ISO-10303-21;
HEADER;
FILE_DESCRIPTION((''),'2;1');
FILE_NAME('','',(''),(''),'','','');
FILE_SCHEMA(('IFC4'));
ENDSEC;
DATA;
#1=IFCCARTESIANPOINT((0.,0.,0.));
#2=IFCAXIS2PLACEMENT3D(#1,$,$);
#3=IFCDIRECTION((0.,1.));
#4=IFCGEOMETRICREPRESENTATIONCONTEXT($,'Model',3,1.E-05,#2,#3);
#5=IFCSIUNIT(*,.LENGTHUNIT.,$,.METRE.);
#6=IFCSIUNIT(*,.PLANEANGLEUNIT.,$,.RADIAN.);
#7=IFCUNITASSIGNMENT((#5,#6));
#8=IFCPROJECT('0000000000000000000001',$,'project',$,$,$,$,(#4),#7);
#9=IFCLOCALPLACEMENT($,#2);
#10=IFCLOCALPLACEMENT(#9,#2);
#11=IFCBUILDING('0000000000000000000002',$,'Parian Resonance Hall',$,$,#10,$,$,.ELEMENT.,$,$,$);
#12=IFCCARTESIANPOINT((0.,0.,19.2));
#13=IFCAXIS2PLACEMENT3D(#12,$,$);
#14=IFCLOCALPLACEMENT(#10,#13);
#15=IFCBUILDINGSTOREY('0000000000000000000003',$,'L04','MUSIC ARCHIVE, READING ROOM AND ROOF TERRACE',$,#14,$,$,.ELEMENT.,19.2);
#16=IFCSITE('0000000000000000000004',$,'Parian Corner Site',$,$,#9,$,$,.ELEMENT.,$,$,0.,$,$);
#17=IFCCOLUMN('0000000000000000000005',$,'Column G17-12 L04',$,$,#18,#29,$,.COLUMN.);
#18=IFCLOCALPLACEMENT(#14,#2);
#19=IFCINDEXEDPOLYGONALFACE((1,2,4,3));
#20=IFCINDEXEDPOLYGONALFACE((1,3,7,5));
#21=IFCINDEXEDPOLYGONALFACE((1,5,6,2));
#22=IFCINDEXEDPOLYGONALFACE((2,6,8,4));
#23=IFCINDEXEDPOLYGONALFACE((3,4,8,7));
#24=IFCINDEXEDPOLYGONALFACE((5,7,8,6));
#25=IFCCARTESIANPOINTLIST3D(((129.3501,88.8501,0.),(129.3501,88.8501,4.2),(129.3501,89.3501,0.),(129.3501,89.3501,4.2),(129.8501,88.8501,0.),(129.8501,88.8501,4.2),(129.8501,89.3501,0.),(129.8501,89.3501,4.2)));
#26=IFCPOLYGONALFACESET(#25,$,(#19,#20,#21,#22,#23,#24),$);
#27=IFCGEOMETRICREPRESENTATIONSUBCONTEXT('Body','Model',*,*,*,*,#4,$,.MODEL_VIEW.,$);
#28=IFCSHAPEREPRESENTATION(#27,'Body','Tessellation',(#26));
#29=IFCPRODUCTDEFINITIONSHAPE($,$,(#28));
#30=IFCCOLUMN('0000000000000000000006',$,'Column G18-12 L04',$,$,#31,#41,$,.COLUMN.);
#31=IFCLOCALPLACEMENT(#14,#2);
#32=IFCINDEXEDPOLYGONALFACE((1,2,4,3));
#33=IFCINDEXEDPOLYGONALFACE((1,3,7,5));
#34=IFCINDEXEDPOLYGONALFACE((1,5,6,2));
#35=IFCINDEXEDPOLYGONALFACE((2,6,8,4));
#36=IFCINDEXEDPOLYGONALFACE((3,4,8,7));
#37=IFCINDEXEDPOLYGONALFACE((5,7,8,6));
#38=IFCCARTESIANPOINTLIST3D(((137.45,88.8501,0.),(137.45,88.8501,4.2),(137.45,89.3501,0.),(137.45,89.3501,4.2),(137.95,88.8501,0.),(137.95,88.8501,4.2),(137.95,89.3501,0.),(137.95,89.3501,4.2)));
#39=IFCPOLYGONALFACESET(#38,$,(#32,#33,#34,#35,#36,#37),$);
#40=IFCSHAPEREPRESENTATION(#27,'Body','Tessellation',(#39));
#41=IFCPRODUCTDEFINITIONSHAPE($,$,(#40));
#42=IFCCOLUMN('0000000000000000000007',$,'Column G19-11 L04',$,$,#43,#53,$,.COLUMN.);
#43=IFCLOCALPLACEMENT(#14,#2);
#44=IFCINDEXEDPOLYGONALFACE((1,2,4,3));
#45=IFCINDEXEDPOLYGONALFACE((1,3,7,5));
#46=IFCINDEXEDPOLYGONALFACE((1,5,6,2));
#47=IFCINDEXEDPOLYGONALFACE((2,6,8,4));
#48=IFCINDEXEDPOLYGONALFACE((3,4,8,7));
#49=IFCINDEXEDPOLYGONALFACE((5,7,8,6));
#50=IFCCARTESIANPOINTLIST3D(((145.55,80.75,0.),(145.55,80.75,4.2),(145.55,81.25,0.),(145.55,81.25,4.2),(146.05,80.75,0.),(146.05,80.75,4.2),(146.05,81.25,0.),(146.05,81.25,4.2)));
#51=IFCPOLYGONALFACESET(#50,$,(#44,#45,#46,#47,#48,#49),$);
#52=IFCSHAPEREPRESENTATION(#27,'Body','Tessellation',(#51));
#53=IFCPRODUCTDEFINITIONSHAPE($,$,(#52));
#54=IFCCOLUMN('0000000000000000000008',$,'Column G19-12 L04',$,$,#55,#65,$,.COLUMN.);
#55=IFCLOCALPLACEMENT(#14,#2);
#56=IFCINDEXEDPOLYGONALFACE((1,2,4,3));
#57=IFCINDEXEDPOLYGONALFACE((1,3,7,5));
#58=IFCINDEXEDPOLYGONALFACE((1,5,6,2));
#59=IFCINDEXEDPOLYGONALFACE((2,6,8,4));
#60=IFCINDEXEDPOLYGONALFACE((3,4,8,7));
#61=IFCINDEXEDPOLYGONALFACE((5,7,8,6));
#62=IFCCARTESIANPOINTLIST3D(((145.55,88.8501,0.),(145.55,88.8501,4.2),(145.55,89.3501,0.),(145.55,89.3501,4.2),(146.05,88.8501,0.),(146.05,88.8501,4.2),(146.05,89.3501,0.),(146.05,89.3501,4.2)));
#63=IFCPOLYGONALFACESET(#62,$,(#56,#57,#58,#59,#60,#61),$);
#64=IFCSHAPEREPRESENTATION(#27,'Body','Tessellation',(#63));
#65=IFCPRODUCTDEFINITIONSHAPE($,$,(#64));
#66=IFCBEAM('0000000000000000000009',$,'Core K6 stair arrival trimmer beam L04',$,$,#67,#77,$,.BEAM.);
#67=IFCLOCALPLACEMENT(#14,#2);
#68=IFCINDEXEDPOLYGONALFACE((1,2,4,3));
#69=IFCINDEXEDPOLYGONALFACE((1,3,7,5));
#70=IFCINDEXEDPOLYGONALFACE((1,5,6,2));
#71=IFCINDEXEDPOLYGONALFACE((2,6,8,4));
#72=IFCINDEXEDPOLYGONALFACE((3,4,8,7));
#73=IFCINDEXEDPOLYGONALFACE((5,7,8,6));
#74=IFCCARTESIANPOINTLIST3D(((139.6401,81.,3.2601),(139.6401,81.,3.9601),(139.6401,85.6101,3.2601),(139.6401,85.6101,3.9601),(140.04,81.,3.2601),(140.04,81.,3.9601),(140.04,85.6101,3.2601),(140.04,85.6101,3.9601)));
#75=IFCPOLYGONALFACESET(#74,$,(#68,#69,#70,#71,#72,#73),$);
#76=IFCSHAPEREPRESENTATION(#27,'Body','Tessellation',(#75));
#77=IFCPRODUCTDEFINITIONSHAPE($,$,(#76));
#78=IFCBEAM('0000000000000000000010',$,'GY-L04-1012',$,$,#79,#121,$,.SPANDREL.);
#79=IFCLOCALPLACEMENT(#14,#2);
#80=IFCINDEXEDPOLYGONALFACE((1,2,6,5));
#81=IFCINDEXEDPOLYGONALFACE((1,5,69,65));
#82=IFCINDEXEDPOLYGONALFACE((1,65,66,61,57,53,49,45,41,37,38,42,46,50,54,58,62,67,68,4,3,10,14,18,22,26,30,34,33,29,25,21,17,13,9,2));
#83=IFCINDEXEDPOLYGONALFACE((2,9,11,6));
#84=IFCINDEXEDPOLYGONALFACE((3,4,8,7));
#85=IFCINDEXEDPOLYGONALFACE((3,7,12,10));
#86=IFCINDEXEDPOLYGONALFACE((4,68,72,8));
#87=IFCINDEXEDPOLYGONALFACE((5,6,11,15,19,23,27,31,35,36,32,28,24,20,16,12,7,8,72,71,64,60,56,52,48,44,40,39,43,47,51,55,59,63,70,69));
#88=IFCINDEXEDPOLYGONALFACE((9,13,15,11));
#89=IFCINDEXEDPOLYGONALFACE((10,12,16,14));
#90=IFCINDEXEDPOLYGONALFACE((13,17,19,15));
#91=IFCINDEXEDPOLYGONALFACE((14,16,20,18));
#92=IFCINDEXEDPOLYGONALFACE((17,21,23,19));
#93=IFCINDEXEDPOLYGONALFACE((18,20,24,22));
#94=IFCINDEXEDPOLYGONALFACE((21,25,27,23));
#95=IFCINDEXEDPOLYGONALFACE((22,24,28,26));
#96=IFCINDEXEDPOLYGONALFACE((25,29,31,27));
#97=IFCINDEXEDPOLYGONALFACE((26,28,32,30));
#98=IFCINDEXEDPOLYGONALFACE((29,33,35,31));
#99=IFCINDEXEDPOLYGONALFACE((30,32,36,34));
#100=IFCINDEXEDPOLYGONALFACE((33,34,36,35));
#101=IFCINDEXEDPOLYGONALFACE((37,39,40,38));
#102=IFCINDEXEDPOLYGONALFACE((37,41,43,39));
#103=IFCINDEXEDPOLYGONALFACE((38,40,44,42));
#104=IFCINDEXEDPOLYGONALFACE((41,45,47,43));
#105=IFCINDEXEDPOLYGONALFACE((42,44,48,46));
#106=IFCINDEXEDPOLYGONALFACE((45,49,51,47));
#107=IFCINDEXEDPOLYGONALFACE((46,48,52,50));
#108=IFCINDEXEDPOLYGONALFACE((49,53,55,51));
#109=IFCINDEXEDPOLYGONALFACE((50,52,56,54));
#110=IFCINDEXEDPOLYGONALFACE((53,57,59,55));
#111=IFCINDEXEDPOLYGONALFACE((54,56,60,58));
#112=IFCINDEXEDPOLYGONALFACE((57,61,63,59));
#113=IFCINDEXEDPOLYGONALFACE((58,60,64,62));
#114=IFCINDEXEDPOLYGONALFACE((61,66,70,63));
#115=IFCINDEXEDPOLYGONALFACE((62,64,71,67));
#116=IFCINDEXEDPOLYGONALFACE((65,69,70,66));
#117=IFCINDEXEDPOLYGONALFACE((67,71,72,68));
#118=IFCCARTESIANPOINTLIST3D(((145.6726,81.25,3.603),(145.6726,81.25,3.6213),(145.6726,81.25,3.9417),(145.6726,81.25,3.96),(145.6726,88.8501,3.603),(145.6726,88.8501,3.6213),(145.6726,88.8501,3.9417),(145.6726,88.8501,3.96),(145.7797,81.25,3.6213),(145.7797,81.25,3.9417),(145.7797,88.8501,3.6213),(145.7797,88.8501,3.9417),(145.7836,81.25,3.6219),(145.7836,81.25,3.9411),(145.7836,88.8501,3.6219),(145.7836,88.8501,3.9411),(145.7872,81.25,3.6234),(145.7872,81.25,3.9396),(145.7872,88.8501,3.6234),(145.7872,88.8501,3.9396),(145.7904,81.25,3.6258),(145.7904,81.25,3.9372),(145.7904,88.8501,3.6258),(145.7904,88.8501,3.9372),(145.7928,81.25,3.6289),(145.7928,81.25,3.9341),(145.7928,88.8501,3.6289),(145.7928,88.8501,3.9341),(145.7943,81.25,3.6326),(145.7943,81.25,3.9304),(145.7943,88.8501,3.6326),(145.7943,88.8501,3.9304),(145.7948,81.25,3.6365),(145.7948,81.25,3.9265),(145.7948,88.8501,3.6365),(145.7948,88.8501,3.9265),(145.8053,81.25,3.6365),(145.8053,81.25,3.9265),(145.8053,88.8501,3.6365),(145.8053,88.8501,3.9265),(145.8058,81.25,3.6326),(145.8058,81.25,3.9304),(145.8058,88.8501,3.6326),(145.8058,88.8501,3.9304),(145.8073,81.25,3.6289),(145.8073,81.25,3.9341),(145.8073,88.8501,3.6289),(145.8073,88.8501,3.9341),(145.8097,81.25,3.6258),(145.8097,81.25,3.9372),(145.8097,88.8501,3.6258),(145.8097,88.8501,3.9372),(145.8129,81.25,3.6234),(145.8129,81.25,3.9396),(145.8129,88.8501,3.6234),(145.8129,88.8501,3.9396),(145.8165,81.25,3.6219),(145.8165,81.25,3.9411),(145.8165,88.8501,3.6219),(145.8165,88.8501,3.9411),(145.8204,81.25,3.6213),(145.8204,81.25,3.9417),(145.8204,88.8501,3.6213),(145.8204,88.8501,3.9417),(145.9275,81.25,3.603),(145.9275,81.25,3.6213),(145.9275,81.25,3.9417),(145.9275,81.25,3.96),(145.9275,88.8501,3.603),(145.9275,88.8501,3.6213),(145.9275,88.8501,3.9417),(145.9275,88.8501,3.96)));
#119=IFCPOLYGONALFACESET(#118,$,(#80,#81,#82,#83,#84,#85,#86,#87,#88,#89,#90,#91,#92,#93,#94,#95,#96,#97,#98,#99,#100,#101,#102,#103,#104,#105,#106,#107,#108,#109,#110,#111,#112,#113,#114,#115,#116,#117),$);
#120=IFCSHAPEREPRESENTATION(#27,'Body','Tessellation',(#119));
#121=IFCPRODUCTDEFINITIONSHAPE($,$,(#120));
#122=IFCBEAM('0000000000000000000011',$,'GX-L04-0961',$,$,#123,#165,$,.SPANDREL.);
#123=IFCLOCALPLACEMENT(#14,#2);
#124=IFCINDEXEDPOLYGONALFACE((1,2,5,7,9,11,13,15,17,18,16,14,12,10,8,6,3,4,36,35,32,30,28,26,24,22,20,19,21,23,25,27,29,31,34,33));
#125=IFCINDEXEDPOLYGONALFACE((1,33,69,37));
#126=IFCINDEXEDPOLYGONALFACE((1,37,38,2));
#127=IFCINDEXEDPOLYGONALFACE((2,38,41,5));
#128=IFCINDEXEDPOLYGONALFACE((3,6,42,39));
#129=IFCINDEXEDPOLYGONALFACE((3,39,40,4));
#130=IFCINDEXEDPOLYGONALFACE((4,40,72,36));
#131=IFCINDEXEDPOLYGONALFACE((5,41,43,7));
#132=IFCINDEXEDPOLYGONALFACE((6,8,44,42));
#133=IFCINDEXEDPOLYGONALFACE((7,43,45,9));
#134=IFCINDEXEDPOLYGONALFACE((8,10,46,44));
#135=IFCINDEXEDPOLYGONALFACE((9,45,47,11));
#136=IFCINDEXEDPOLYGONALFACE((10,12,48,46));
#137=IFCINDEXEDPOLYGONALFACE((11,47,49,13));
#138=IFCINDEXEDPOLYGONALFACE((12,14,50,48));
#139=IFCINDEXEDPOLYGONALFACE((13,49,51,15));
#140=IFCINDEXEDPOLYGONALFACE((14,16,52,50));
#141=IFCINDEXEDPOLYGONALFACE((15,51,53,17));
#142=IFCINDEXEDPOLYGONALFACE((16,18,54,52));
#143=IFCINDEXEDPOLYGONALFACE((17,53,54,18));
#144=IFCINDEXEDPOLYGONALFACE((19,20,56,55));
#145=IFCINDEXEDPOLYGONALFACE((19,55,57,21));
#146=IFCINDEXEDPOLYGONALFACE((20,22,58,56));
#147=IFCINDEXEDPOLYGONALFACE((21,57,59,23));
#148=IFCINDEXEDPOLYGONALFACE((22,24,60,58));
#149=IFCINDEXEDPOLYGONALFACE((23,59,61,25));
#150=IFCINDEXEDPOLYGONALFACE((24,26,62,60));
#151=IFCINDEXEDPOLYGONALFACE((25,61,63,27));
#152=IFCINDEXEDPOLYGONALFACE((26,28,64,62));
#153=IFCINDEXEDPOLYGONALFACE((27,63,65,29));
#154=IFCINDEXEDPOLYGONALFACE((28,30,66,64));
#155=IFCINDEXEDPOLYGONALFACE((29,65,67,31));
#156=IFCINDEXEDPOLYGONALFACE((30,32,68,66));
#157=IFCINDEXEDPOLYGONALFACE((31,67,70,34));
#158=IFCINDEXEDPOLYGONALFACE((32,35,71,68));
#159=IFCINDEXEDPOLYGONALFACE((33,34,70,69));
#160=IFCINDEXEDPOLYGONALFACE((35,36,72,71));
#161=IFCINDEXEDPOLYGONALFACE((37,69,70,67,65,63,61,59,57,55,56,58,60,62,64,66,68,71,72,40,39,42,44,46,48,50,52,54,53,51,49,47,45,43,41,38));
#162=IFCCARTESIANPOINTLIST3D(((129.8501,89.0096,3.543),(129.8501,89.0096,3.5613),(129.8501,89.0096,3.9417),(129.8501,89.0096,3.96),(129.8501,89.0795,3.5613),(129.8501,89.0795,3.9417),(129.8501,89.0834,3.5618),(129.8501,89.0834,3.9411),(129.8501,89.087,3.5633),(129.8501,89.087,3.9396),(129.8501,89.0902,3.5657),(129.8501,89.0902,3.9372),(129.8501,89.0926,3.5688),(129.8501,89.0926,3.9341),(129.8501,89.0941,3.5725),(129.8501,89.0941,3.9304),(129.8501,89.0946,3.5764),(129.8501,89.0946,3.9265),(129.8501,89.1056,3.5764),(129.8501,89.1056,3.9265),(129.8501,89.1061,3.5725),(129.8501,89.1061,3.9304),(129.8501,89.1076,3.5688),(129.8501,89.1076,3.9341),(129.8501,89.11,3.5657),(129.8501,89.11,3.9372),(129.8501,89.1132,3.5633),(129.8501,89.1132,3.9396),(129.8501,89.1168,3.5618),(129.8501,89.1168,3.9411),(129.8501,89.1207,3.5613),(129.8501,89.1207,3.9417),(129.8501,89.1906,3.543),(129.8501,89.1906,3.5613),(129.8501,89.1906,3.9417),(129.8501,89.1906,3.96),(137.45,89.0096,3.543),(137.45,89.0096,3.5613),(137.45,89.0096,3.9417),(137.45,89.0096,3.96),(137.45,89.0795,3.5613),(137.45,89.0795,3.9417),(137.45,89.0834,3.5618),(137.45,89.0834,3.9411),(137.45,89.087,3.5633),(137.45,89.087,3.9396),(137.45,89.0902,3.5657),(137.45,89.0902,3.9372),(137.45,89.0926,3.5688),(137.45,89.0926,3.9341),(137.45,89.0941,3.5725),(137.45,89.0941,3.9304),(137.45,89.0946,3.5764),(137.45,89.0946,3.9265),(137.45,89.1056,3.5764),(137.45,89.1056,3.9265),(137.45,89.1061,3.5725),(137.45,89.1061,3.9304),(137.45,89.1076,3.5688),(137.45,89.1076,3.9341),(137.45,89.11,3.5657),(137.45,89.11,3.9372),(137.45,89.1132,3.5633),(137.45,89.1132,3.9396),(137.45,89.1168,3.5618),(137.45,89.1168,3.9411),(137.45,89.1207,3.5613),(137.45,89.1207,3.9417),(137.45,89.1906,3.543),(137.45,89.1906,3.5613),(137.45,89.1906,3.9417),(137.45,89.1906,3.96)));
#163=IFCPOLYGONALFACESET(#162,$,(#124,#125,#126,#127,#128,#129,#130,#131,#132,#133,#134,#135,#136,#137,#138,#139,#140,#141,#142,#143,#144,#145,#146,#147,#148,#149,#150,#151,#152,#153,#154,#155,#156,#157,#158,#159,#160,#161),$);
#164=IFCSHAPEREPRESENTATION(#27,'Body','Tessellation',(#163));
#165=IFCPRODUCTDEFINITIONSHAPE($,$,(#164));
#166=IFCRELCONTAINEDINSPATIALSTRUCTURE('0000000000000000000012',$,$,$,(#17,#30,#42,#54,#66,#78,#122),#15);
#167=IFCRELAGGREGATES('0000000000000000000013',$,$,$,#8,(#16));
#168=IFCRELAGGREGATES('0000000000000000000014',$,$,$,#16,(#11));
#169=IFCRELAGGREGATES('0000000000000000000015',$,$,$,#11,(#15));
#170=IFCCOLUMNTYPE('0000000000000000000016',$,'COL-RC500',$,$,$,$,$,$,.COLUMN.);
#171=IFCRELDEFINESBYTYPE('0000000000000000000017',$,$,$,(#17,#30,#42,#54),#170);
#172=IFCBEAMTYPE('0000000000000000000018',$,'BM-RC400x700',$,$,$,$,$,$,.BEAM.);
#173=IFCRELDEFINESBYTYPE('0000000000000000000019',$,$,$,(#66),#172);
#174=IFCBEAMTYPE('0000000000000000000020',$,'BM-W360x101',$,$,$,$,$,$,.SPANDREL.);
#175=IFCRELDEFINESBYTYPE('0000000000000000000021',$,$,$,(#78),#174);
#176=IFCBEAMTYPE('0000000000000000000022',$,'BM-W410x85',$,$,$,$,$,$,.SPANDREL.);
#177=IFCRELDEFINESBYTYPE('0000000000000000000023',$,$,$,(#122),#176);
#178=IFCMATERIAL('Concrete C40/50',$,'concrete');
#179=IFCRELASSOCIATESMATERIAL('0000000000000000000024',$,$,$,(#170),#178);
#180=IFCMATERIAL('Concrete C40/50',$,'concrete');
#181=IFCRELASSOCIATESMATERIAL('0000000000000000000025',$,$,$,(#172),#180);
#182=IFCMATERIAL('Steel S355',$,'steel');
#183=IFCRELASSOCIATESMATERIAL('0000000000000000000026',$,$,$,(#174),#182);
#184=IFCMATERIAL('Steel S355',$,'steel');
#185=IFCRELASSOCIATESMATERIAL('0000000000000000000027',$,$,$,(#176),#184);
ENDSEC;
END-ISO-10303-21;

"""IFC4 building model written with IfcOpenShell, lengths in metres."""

from ifc_helpers import new_model, si_unit, direction, frame, origin, origin_2d, place, context, subcontext, project, spatial, rectangle, i_section, extrude, material, material_profile, profile_set, type_object, element, save


model = new_model("IFC4")

# Units and contexts
model_context = context("Model", 3, precision=1e-05, world=origin(), true_north=direction((0.0, 1.0)))
body_context = subcontext(model_context, "Body", "Model", "MODEL_VIEW")
ifc_project = project(units=[si_unit("LENGTHUNIT", "METRE"), si_unit("PLANEANGLEUNIT", "RADIAN")], contexts=[model_context])

# Site, building, storey
site_placement = place(None, origin())
site = spatial("IfcSite", under=ifc_project, at=site_placement, Name="Parian Corner Site", CompositionType="ELEMENT", RefElevation=0.0)
building_placement = place(site_placement, origin())
building = spatial("IfcBuilding", under=site, at=building_placement, Name="Parian Resonance Hall", CompositionType="ELEMENT")
storey_placement = place(building_placement, frame((0.0, 0.0, 19.2)))
storey = spatial("IfcBuildingStorey", under=building, at=storey_placement, Name="L04", Description="MUSIC ARCHIVE, READING ROOM AND ROOF TERRACE", CompositionType="ELEMENT", Elevation=19.2)

# Columns
ifc_material_1 = material(Name="Concrete C40/50", Category="concrete")
ifc_material_profile_1 = material_profile(ifc_material_1, rectangle(XDim=0.5, YDim=0.5, at=origin_2d()), Name="RC-COL-500x500")
ifc_profile_set_1 = profile_set([ifc_material_profile_1], Name="Concrete C40/50")
column_type = type_object("IfcColumnType", Name="COL-RC500", PredefinedType="COLUMN", material=ifc_profile_set_1)
for number, where, z_axis, x_axis, name in (
    (1, (129.6001, 89.1001, 0.0), (0.0, 0.0, 1.0), (1.0, 0.0, 0.0), "Column G17-12 L04"),
    (2, (137.7, 89.1001, 0.0), (0.0, 0.0, 1.0), (1.0, 0.0, 0.0), "Column G18-12 L04"),
    (3, (145.8, 81.0, 0.0), (0.0, 0.0, 1.0), (1.0, 0.0, 0.0), "Column G19-11 L04"),
    (4, (145.8, 89.1001, 0.0), (0.0, 0.0, 1.0), (1.0, 0.0, 0.0), "Column G19-12 L04"),
):
    element("IfcColumn", number, at=place(storey_placement, frame(where, z_axis=z_axis, x_axis=x_axis)), inside=storey, type_object=column_type, Name=name, PredefinedType="COLUMN", context=body_context, shape_type="SweptSolid", body=[
        extrude(rectangle(XDim=0.5, YDim=0.5, at=origin_2d()), origin(), (0.0, 0.0, 1.0), 4.2),
    ])

# Beams
ifc_material_2 = material(Name="Concrete C40/50", Category="concrete")
ifc_material_profile_2 = material_profile(ifc_material_2, rectangle(XDim=0.3999, YDim=0.7, at=origin_2d()), Name="RC-BM-400x700")
ifc_profile_set_2 = profile_set([ifc_material_profile_2], Name="Concrete C40/50")
beam_type_1 = type_object("IfcBeamType", Name="BM-RC400x700", PredefinedType="BEAM", material=ifc_profile_set_2)
beam_1_placement = place(storey_placement, frame((139.8401, 81.0, 3.6101), z_axis=(0.0, 1.0, 0.0), x_axis=(-1.0, 0.0, 0.0)))
element("IfcBeam", 5, at=beam_1_placement, inside=storey, type_object=beam_type_1, Name="Core K6 stair arrival trimmer beam L04", PredefinedType="BEAM", context=body_context, shape_type="SweptSolid", body=[
    extrude(rectangle(XDim=0.3999, YDim=0.7, at=origin_2d()), origin(), (0.0, 0.0, 1.0), 4.6101),
])
ifc_material_3 = material(Name="Steel S355", Category="steel")
ifc_material_profile_3 = material_profile(ifc_material_3, i_section(OverallWidth=0.2549, OverallDepth=0.3569, WebThickness=0.0105, FlangeThickness=0.0183, FilletRadius=0.0151, at=origin_2d()), Name="W360x101")
ifc_profile_set_3 = profile_set([ifc_material_profile_3], Name="Steel S355")
beam_type_2 = type_object("IfcBeamType", Name="BM-W360x101", PredefinedType="SPANDREL", material=ifc_profile_set_3)
beam_2_placement = place(storey_placement, frame((145.8, 81.25, 3.7815), z_axis=(0.0, 1.0, 0.0), x_axis=(-1.0, 0.0, 0.0)))
element("IfcBeam", 6, at=beam_2_placement, inside=storey, type_object=beam_type_2, Name="GY-L04-1012", PredefinedType="SPANDREL", context=body_context, shape_type="SweptSolid", body=[
    extrude(i_section(OverallWidth=0.2549, OverallDepth=0.3569, WebThickness=0.0105, FlangeThickness=0.0183, FilletRadius=0.0151, at=origin_2d()), origin(), (0.0, 0.0, 1.0), 7.6001),
])
ifc_material_4 = material(Name="Steel S355", Category="steel")
ifc_material_profile_4 = material_profile(ifc_material_4, i_section(OverallWidth=0.1809, OverallDepth=0.417, WebThickness=0.011, FlangeThickness=0.0183, FilletRadius=0.0151, at=origin_2d()), Name="W410x85")
ifc_profile_set_4 = profile_set([ifc_material_profile_4], Name="Steel S355")
beam_type_3 = type_object("IfcBeamType", Name="BM-W410x85", PredefinedType="SPANDREL", material=ifc_profile_set_4)
beam_3_placement = place(storey_placement, frame((129.8501, 89.1001, 3.7515), z_axis=(1.0, 0.0, 0.0), x_axis=(0.0, 1.0, 0.0)))
element("IfcBeam", 7, at=beam_3_placement, inside=storey, type_object=beam_type_3, Name="GX-L04-0961", PredefinedType="SPANDREL", context=body_context, shape_type="SweptSolid", body=[
    extrude(i_section(OverallWidth=0.1809, OverallDepth=0.417, WebThickness=0.011, FlangeThickness=0.0183, FilletRadius=0.0151, at=origin_2d()), origin(), (0.0, 0.0, 1.0), 7.5999),
])

save(model, "model.ifc")
